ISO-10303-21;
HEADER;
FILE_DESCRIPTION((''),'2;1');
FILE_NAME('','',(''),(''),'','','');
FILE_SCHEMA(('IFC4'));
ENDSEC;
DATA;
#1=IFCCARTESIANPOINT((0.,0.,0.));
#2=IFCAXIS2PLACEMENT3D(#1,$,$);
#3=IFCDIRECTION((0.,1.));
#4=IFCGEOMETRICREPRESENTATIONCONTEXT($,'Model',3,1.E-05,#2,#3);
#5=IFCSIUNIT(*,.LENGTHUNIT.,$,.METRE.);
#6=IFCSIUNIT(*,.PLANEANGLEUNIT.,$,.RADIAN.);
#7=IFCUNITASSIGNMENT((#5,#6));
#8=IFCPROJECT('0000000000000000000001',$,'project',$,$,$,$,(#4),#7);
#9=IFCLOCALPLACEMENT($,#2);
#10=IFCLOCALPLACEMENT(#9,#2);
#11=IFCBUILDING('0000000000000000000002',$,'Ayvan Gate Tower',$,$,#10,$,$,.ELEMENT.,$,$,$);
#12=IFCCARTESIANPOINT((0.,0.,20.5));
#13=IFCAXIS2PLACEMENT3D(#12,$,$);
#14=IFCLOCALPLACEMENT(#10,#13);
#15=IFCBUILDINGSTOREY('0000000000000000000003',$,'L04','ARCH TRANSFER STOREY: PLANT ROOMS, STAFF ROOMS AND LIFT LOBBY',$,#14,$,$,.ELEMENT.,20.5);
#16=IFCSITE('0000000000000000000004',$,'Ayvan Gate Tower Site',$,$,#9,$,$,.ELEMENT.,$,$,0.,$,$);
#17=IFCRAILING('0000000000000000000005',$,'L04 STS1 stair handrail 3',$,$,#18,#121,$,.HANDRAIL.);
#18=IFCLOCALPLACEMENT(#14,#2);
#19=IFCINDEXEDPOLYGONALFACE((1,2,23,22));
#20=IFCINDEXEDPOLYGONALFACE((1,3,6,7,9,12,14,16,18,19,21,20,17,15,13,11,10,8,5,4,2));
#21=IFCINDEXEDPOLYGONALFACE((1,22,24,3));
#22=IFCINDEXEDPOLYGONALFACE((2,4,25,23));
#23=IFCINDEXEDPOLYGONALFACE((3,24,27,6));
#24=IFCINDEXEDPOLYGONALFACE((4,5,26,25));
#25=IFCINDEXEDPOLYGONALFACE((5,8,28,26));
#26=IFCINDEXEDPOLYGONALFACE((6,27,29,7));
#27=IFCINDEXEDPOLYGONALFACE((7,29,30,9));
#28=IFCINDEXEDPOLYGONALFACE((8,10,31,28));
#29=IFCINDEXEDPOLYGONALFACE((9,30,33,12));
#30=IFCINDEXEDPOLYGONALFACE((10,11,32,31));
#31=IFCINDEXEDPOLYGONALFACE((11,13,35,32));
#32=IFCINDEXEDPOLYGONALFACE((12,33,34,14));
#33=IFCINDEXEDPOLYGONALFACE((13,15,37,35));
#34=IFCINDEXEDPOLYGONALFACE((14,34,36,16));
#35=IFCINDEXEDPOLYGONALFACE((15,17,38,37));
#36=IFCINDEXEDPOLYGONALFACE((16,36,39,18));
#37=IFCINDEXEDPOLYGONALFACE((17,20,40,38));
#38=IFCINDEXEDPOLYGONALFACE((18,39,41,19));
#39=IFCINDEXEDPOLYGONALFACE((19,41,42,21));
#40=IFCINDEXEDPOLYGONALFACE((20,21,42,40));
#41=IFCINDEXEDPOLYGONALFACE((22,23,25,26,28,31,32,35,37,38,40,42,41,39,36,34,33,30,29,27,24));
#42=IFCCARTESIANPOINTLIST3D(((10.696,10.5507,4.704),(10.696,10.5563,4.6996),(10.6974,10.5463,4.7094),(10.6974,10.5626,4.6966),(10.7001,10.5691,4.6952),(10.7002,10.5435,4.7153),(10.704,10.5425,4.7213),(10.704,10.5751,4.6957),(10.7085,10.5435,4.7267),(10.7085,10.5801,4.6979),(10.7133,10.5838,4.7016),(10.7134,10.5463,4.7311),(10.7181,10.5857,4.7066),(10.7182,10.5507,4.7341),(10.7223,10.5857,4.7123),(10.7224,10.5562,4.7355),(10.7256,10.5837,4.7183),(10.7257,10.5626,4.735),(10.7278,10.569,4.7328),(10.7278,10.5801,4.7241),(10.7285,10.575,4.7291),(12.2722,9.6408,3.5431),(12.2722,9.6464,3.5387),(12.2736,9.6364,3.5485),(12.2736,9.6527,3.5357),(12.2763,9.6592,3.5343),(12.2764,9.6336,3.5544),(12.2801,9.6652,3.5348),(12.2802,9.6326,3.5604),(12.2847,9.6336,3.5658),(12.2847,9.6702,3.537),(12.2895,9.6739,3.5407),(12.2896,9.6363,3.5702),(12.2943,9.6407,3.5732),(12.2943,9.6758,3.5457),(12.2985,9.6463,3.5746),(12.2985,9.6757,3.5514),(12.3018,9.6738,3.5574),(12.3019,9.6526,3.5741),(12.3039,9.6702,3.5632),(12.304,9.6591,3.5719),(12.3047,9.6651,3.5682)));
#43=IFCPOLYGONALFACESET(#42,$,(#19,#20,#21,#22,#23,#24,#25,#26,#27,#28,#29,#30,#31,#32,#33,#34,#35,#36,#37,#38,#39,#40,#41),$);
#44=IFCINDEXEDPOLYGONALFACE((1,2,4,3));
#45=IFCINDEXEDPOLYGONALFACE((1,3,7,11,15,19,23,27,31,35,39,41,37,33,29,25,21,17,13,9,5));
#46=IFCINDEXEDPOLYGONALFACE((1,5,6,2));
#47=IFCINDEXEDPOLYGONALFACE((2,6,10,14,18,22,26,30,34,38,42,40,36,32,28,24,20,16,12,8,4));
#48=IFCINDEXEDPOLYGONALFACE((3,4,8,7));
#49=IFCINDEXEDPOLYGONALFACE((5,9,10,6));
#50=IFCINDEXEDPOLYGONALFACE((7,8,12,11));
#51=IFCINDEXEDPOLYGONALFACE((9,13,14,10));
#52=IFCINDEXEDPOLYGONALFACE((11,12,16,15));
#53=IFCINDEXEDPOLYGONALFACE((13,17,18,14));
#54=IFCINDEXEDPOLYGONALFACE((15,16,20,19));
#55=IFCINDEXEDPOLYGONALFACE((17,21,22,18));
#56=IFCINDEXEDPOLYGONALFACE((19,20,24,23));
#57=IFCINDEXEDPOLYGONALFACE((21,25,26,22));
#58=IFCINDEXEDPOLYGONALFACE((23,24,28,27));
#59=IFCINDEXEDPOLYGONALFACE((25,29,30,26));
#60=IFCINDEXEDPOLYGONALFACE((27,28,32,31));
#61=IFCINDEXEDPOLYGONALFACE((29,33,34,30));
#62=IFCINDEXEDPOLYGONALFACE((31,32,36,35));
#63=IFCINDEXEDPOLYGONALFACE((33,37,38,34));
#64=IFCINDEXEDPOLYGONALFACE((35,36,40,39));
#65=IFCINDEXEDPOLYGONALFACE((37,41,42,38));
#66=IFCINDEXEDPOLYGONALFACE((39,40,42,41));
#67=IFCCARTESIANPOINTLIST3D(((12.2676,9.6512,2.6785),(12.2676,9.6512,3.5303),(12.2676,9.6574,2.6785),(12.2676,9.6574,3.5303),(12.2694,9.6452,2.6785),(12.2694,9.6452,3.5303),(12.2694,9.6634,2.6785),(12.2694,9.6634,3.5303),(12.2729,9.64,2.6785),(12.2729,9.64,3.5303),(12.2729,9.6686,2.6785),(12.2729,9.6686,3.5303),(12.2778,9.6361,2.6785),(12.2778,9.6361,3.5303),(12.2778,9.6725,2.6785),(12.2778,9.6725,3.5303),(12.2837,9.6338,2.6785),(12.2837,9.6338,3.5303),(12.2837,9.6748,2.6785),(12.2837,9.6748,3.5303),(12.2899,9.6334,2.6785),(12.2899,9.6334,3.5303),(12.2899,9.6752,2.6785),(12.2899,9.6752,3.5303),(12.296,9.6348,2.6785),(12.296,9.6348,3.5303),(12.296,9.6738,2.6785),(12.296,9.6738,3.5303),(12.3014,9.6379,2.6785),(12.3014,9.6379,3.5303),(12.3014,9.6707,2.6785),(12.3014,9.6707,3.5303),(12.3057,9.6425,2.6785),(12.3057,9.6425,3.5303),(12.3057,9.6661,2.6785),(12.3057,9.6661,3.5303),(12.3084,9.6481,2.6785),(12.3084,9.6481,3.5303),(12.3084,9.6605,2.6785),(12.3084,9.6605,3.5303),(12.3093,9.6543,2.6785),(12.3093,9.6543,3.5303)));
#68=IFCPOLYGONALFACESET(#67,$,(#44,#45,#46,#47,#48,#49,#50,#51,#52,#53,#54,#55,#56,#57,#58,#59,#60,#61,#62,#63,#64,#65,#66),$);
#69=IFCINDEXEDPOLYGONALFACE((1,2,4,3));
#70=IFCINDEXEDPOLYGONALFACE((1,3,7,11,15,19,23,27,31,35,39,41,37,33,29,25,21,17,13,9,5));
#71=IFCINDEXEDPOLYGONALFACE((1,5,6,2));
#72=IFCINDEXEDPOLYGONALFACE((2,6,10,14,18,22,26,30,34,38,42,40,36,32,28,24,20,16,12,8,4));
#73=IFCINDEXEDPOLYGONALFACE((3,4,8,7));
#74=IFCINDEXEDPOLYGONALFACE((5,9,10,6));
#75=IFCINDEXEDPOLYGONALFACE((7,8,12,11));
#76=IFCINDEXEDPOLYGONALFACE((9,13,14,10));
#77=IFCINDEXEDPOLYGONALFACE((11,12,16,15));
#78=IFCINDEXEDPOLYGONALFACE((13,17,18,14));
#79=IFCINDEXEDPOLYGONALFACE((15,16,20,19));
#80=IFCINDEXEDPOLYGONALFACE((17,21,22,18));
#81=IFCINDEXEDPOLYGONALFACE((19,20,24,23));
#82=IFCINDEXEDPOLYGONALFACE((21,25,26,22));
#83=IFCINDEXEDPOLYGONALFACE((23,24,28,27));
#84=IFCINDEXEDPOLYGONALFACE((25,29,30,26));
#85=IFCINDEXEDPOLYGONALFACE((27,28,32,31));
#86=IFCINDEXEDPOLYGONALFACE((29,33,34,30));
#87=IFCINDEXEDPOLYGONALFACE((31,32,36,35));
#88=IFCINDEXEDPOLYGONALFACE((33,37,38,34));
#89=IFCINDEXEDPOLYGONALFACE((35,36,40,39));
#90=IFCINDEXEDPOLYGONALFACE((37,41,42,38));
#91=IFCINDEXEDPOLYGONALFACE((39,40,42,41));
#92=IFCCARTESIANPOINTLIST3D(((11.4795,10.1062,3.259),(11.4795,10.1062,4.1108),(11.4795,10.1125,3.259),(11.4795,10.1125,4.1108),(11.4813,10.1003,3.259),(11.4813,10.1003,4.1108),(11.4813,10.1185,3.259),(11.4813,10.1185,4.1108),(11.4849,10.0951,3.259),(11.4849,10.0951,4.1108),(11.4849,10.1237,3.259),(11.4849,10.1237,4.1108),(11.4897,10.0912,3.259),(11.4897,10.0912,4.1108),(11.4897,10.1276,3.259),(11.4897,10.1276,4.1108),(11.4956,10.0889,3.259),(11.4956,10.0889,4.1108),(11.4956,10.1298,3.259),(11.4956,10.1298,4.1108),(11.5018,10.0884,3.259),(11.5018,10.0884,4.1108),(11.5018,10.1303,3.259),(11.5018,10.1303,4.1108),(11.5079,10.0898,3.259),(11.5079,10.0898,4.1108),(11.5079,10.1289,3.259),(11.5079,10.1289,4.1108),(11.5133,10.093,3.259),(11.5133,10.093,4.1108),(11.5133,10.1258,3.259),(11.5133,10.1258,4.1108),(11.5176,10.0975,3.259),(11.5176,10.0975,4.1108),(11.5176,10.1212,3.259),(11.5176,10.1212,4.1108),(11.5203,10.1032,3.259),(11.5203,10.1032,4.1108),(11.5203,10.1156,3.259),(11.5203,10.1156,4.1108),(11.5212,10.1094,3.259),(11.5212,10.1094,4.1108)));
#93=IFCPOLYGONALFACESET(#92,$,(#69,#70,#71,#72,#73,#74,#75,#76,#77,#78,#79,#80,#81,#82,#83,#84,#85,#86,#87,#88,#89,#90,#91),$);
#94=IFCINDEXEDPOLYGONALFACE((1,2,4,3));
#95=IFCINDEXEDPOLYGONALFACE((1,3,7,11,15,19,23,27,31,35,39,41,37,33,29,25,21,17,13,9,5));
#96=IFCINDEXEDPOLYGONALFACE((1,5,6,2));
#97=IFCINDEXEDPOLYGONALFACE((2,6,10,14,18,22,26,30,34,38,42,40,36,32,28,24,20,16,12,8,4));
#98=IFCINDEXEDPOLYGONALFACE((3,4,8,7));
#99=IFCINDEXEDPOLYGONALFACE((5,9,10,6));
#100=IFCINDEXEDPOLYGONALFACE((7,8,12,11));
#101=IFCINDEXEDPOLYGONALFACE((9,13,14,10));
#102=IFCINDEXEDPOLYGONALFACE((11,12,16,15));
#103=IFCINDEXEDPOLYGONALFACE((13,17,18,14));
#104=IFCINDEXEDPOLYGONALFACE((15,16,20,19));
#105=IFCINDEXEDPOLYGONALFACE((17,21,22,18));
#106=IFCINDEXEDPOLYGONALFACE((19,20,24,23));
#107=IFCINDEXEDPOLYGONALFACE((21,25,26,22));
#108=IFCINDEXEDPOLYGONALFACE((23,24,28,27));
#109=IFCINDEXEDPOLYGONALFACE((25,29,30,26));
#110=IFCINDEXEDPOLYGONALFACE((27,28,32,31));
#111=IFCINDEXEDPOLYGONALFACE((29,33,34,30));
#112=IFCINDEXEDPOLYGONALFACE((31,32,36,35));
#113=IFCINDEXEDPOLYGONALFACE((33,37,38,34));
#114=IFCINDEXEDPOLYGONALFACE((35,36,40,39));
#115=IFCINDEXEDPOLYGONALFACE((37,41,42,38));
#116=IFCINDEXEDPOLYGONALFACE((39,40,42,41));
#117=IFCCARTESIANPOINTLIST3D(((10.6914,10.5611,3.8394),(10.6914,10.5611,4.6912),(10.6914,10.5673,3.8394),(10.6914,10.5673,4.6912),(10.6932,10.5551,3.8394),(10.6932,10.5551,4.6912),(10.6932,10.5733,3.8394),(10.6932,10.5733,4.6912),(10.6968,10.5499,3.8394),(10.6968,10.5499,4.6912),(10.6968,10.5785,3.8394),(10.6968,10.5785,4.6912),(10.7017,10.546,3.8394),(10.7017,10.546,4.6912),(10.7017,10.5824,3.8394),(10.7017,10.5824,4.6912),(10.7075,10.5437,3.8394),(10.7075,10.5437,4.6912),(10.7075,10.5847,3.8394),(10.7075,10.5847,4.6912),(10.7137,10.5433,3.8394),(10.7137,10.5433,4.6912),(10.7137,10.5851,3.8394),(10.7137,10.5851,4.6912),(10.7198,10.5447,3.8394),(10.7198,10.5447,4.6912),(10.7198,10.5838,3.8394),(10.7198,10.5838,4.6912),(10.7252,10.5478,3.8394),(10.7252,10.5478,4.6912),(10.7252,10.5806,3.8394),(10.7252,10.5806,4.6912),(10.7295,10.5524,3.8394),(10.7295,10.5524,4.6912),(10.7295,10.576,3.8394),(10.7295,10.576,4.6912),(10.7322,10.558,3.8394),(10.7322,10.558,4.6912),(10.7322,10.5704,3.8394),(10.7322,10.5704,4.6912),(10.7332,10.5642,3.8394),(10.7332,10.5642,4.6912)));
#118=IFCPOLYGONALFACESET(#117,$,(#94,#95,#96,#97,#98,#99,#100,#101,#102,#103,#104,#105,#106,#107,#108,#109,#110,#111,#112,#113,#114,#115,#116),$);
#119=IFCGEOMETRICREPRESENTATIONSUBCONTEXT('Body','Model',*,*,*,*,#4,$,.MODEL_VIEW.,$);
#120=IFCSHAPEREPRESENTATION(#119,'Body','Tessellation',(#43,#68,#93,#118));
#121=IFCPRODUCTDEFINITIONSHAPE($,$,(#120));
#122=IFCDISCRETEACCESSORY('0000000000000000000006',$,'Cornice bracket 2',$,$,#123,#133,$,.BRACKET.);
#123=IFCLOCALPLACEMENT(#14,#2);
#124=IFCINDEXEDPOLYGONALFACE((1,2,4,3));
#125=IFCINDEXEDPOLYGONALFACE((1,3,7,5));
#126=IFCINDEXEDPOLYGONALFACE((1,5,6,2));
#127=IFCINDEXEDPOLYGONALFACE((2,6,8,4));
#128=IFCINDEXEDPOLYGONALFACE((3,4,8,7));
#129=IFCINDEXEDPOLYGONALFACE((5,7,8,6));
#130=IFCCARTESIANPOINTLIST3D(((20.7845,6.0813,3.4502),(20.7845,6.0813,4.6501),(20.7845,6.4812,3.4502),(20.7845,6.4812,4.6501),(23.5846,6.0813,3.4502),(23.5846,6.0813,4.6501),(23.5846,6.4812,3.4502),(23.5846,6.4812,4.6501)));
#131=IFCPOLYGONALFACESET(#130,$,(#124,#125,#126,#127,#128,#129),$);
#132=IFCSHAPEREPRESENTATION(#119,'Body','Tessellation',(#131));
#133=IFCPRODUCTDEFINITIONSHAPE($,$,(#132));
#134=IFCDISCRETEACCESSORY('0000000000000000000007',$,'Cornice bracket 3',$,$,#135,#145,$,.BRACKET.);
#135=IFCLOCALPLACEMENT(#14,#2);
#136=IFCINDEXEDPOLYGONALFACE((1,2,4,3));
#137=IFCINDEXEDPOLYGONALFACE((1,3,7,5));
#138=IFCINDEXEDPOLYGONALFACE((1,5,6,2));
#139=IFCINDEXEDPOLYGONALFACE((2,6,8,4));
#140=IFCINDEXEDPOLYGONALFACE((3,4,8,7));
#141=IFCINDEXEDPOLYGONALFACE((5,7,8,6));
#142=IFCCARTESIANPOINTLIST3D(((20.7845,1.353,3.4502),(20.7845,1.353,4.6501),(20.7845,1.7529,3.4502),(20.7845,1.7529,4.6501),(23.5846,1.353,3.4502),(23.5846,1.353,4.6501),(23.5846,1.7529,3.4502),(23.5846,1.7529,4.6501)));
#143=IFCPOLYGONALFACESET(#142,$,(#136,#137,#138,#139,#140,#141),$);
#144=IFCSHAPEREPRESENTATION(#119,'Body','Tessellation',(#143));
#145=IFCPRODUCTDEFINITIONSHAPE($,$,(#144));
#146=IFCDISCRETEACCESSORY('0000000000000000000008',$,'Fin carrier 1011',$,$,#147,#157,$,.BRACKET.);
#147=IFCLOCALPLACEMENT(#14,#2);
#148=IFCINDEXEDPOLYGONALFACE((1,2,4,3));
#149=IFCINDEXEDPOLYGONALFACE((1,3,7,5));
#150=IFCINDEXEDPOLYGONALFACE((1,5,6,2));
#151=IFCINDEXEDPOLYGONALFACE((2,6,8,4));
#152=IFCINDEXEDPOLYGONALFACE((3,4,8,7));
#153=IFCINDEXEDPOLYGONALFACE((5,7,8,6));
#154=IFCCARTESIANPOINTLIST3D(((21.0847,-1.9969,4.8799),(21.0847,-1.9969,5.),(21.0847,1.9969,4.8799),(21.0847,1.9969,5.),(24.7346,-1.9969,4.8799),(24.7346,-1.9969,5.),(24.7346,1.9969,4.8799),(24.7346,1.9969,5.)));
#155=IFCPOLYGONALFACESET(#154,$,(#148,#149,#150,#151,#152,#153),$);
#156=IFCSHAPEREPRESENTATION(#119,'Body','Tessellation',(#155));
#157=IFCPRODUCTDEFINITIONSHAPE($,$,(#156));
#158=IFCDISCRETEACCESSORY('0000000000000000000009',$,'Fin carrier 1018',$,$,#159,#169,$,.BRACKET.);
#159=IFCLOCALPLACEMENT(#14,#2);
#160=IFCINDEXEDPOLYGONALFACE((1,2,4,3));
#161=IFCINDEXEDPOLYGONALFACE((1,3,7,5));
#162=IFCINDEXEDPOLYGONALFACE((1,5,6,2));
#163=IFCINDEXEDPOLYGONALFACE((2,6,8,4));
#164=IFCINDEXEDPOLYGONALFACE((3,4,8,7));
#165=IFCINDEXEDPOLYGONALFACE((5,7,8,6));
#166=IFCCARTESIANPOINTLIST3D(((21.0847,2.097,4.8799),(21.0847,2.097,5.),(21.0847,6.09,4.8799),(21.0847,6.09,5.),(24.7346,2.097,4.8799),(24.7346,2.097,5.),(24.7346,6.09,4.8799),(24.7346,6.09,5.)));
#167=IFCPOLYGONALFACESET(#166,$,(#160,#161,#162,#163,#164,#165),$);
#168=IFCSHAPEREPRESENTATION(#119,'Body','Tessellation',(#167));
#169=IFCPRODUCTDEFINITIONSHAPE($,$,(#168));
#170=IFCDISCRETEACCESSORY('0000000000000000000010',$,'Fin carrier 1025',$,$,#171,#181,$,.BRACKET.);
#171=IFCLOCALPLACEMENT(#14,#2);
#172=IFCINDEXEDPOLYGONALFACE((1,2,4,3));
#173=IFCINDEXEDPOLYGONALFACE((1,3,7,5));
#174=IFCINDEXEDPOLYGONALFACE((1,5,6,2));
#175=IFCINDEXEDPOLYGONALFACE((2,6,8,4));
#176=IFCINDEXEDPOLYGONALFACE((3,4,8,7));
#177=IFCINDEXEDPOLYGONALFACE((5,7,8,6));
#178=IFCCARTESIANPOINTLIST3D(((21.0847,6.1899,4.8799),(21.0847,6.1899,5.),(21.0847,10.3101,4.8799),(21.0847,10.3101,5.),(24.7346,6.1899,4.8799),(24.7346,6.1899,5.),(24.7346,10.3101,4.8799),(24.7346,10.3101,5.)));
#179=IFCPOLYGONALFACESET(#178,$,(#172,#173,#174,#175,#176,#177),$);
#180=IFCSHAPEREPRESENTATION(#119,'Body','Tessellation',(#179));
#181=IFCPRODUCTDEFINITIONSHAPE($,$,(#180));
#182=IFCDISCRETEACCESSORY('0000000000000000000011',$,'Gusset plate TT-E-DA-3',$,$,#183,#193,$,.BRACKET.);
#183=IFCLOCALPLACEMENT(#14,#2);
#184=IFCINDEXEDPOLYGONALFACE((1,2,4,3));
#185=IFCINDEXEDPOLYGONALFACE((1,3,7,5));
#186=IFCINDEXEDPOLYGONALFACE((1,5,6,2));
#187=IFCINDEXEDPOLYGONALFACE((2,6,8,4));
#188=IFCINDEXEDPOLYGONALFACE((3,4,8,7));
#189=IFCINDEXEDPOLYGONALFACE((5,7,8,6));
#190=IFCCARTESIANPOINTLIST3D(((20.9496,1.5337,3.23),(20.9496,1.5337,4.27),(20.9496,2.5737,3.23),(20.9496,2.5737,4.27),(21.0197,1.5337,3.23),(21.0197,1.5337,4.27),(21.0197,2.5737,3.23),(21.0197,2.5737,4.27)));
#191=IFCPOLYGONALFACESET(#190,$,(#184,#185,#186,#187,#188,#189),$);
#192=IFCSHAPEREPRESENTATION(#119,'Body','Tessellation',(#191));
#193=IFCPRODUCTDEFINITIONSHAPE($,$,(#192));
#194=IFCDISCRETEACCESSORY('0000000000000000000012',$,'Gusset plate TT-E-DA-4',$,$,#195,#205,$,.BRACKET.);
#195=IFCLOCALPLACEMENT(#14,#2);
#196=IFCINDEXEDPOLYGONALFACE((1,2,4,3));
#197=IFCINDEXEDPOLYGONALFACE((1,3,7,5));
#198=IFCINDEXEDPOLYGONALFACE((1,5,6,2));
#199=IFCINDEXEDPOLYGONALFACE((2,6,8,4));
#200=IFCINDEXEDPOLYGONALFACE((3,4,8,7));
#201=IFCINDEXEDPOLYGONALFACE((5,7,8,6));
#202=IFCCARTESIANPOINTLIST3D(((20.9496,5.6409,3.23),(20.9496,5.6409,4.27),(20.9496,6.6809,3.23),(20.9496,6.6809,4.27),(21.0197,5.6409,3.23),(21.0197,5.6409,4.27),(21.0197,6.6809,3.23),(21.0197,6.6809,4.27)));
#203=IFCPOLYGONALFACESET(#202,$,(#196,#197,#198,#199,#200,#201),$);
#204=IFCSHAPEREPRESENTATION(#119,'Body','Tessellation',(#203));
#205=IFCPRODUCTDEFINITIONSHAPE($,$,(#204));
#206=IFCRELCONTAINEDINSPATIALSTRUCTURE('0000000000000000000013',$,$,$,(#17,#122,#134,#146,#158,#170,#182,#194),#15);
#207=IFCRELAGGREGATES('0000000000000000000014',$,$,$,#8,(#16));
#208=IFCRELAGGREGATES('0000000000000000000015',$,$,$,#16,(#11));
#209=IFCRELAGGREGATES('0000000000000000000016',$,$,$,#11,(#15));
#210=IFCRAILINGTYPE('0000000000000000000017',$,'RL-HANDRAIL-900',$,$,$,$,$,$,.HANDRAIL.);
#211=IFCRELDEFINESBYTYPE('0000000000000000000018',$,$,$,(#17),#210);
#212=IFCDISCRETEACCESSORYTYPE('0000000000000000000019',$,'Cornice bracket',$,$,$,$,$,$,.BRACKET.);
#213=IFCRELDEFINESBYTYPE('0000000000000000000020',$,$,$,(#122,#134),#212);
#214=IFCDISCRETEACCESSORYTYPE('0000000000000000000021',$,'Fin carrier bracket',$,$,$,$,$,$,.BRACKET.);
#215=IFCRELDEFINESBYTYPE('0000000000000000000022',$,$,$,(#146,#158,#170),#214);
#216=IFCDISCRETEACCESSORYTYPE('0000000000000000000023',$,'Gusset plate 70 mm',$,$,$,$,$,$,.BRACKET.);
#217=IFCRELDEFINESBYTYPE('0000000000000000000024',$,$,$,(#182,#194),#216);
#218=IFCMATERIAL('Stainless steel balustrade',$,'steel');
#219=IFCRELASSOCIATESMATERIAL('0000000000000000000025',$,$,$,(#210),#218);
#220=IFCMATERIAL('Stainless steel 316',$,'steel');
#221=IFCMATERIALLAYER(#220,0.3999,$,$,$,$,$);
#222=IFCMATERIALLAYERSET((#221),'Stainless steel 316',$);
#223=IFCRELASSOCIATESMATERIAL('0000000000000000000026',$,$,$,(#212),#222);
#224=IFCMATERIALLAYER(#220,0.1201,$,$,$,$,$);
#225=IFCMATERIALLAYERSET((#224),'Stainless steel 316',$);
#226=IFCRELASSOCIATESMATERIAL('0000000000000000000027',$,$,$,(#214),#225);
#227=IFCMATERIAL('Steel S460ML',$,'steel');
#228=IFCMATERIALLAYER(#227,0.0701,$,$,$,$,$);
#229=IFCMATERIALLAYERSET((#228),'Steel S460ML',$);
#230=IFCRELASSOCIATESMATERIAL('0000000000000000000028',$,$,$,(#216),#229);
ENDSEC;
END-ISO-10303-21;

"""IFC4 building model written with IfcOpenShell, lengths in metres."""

from ifc_helpers import new_model, si_unit, direction, frame, origin, origin_2d, place, context, subcontext, project, spatial, rectangle, circle, extrude, material, layer, layer_set, type_object, element, save


model = new_model("IFC4")

# Units and contexts
model_context = context("Model", 3, precision=1e-05, world=origin(), true_north=direction((0.0, 1.0)))
body_context = subcontext(model_context, "Body", "Model", "MODEL_VIEW")
ifc_project = project(units=[si_unit("LENGTHUNIT", "METRE"), si_unit("PLANEANGLEUNIT", "RADIAN")], contexts=[model_context])

# Site, building, storey
site_placement = place(None, origin())
site = spatial("IfcSite", under=ifc_project, at=site_placement, Name="Ayvan Gate Tower Site", CompositionType="ELEMENT", RefElevation=0.0)
building_placement = place(site_placement, origin())
building = spatial("IfcBuilding", under=site, at=building_placement, Name="Ayvan Gate Tower", CompositionType="ELEMENT")
storey_placement = place(building_placement, frame((0.0, 0.0, 20.5)))
storey = spatial("IfcBuildingStorey", under=building, at=storey_placement, Name="L04", Description="ARCH TRANSFER STOREY: PLANT ROOMS, STAFF ROOMS AND LIFT LOBBY", CompositionType="ELEMENT", Elevation=20.5)

# Shared definitions
ifc_material_1 = material(Name="Steel S460ML", Category="steel")

# Railing
ifc_material_2 = material(Name="Stainless steel balustrade", Category="steel")
railing_type = type_object("IfcRailingType", Name="RL-HANDRAIL-900", PredefinedType="HANDRAIL", material=ifc_material_2)
railing_placement = place(storey_placement, frame((12.2883, 9.6543, 2.6785)))
element("IfcRailing", 1, at=railing_placement, inside=storey, type_object=railing_type, Name="L04 STS1 stair handrail 3", PredefinedType="HANDRAIL", context=body_context, shape_type="SweptSolid", body=[
    extrude(circle(Radius=0.0239, at=origin_2d()), frame((0.0, 0.0, 0.876), z_axis=(-0.730154, 0.421512, 0.537776), x_axis=(-0.499962, -0.866047, 0.0)), (0.0, 0.0, 1.0), 2.1587),
    extrude(circle(Radius=0.021, at=origin_2d()), origin(), (0.0, 0.0, 1.0), 0.8518),
    extrude(circle(Radius=0.021, at=origin_2d()), frame((-0.7881, 0.4551, 0.5806)), (0.0, 0.0, 1.0), 0.8518),
    extrude(circle(Radius=0.021, at=origin_2d()), frame((-1.5762, 0.9099, 1.1609)), (0.0, 0.0, 1.0), 0.8518),
])

# Discrete accessories
ifc_material_3 = material(Name="Stainless steel 316", Category="steel")
ifc_layer_1 = layer(ifc_material_3, 0.3999)
ifc_layer_set_1 = layer_set([ifc_layer_1], Name="Stainless steel 316")
discrete_accessory_type_1 = type_object("IfcDiscreteAccessoryType", Name="Cornice bracket", PredefinedType="BRACKET", material=ifc_layer_set_1)
for number, where, z_axis, x_axis, name in (
    (2, (22.1846, 6.2812, 3.4502), (0.0, 0.0, 1.0), (1.0, 0.0, 0.0), "Cornice bracket 2"),
    (3, (22.1846, 1.553, 3.4502), (0.0, 0.0, 1.0), (1.0, 0.0, 0.0), "Cornice bracket 3"),
):
    element("IfcDiscreteAccessory", number, at=place(storey_placement, frame(where, z_axis=z_axis, x_axis=x_axis)), inside=storey, type_object=discrete_accessory_type_1, Name=name, PredefinedType="BRACKET", context=body_context, shape_type="SweptSolid", body=[
        extrude(rectangle(XDim=2.8, YDim=0.3999, at=origin_2d()), origin(), (0.0, 0.0, 1.0), 1.2),
    ])
ifc_layer_2 = layer(ifc_material_3, 0.1201)
ifc_layer_set_2 = layer_set([ifc_layer_2], Name="Stainless steel 316")
discrete_accessory_type_2 = type_object("IfcDiscreteAccessoryType", Name="Fin carrier bracket", PredefinedType="BRACKET", material=ifc_layer_set_2)
discrete_accessory_1_placement = place(storey_placement, frame((22.9097, 0.0, 4.8799), z_axis=(0.0, 0.0, 1.0), x_axis=(0.0, 1.0, 0.0)))
element("IfcDiscreteAccessory", 4, at=discrete_accessory_1_placement, inside=storey, type_object=discrete_accessory_type_2, Name="Fin carrier 1011", PredefinedType="BRACKET", context=body_context, shape_type="SweptSolid", body=[
    extrude(rectangle(XDim=3.9939, YDim=3.6499, at=origin_2d()), origin(), (0.0, 0.0, 1.0), 0.1201),
])
discrete_accessory_2_placement = place(storey_placement, frame((22.9097, 4.0935, 4.8799), z_axis=(0.0, 0.0, 1.0), x_axis=(0.0, 1.0, 0.0)))
element("IfcDiscreteAccessory", 5, at=discrete_accessory_2_placement, inside=storey, type_object=discrete_accessory_type_2, Name="Fin carrier 1018", PredefinedType="BRACKET", context=body_context, shape_type="SweptSolid", body=[
    extrude(rectangle(XDim=3.9929, YDim=3.6499, at=origin_2d()), origin(), (0.0, 0.0, 1.0), 0.1201),
])
discrete_accessory_3_placement = place(storey_placement, frame((22.9097, 8.25, 4.8799), z_axis=(0.0, 0.0, 1.0), x_axis=(0.0, 1.0, 0.0)))
element("IfcDiscreteAccessory", 6, at=discrete_accessory_3_placement, inside=storey, type_object=discrete_accessory_type_2, Name="Fin carrier 1025", PredefinedType="BRACKET", context=body_context, shape_type="SweptSolid", body=[
    extrude(rectangle(XDim=4.1201, YDim=3.6499, at=origin_2d()), origin(), (0.0, 0.0, 1.0), 0.1201),
])
ifc_layer_3 = layer(ifc_material_1, 0.0701)
ifc_layer_set_3 = layer_set([ifc_layer_3], Name="Steel S460ML")
discrete_accessory_type_3 = type_object("IfcDiscreteAccessoryType", Name="Gusset plate 70 mm", PredefinedType="BRACKET", material=ifc_layer_set_3)
for number, where, z_axis, x_axis, name in (
    (7, (20.9846, 2.0537, 3.23), (0.0, 0.0, 1.0), (0.0, 1.0, 0.0), "Gusset plate TT-E-DA-3"),
    (8, (20.9846, 6.1609, 3.23), (0.0, 0.0, 1.0), (0.0, 1.0, 0.0), "Gusset plate TT-E-DA-4"),
):
    element("IfcDiscreteAccessory", number, at=place(storey_placement, frame(where, z_axis=z_axis, x_axis=x_axis)), inside=storey, type_object=discrete_accessory_type_3, Name=name, PredefinedType="BRACKET", context=body_context, shape_type="SweptSolid", body=[
        extrude(rectangle(XDim=1.04, YDim=0.0701, at=origin_2d()), origin(), (0.0, 0.0, 1.0), 1.04),
    ])

save(model, "model.ifc")
